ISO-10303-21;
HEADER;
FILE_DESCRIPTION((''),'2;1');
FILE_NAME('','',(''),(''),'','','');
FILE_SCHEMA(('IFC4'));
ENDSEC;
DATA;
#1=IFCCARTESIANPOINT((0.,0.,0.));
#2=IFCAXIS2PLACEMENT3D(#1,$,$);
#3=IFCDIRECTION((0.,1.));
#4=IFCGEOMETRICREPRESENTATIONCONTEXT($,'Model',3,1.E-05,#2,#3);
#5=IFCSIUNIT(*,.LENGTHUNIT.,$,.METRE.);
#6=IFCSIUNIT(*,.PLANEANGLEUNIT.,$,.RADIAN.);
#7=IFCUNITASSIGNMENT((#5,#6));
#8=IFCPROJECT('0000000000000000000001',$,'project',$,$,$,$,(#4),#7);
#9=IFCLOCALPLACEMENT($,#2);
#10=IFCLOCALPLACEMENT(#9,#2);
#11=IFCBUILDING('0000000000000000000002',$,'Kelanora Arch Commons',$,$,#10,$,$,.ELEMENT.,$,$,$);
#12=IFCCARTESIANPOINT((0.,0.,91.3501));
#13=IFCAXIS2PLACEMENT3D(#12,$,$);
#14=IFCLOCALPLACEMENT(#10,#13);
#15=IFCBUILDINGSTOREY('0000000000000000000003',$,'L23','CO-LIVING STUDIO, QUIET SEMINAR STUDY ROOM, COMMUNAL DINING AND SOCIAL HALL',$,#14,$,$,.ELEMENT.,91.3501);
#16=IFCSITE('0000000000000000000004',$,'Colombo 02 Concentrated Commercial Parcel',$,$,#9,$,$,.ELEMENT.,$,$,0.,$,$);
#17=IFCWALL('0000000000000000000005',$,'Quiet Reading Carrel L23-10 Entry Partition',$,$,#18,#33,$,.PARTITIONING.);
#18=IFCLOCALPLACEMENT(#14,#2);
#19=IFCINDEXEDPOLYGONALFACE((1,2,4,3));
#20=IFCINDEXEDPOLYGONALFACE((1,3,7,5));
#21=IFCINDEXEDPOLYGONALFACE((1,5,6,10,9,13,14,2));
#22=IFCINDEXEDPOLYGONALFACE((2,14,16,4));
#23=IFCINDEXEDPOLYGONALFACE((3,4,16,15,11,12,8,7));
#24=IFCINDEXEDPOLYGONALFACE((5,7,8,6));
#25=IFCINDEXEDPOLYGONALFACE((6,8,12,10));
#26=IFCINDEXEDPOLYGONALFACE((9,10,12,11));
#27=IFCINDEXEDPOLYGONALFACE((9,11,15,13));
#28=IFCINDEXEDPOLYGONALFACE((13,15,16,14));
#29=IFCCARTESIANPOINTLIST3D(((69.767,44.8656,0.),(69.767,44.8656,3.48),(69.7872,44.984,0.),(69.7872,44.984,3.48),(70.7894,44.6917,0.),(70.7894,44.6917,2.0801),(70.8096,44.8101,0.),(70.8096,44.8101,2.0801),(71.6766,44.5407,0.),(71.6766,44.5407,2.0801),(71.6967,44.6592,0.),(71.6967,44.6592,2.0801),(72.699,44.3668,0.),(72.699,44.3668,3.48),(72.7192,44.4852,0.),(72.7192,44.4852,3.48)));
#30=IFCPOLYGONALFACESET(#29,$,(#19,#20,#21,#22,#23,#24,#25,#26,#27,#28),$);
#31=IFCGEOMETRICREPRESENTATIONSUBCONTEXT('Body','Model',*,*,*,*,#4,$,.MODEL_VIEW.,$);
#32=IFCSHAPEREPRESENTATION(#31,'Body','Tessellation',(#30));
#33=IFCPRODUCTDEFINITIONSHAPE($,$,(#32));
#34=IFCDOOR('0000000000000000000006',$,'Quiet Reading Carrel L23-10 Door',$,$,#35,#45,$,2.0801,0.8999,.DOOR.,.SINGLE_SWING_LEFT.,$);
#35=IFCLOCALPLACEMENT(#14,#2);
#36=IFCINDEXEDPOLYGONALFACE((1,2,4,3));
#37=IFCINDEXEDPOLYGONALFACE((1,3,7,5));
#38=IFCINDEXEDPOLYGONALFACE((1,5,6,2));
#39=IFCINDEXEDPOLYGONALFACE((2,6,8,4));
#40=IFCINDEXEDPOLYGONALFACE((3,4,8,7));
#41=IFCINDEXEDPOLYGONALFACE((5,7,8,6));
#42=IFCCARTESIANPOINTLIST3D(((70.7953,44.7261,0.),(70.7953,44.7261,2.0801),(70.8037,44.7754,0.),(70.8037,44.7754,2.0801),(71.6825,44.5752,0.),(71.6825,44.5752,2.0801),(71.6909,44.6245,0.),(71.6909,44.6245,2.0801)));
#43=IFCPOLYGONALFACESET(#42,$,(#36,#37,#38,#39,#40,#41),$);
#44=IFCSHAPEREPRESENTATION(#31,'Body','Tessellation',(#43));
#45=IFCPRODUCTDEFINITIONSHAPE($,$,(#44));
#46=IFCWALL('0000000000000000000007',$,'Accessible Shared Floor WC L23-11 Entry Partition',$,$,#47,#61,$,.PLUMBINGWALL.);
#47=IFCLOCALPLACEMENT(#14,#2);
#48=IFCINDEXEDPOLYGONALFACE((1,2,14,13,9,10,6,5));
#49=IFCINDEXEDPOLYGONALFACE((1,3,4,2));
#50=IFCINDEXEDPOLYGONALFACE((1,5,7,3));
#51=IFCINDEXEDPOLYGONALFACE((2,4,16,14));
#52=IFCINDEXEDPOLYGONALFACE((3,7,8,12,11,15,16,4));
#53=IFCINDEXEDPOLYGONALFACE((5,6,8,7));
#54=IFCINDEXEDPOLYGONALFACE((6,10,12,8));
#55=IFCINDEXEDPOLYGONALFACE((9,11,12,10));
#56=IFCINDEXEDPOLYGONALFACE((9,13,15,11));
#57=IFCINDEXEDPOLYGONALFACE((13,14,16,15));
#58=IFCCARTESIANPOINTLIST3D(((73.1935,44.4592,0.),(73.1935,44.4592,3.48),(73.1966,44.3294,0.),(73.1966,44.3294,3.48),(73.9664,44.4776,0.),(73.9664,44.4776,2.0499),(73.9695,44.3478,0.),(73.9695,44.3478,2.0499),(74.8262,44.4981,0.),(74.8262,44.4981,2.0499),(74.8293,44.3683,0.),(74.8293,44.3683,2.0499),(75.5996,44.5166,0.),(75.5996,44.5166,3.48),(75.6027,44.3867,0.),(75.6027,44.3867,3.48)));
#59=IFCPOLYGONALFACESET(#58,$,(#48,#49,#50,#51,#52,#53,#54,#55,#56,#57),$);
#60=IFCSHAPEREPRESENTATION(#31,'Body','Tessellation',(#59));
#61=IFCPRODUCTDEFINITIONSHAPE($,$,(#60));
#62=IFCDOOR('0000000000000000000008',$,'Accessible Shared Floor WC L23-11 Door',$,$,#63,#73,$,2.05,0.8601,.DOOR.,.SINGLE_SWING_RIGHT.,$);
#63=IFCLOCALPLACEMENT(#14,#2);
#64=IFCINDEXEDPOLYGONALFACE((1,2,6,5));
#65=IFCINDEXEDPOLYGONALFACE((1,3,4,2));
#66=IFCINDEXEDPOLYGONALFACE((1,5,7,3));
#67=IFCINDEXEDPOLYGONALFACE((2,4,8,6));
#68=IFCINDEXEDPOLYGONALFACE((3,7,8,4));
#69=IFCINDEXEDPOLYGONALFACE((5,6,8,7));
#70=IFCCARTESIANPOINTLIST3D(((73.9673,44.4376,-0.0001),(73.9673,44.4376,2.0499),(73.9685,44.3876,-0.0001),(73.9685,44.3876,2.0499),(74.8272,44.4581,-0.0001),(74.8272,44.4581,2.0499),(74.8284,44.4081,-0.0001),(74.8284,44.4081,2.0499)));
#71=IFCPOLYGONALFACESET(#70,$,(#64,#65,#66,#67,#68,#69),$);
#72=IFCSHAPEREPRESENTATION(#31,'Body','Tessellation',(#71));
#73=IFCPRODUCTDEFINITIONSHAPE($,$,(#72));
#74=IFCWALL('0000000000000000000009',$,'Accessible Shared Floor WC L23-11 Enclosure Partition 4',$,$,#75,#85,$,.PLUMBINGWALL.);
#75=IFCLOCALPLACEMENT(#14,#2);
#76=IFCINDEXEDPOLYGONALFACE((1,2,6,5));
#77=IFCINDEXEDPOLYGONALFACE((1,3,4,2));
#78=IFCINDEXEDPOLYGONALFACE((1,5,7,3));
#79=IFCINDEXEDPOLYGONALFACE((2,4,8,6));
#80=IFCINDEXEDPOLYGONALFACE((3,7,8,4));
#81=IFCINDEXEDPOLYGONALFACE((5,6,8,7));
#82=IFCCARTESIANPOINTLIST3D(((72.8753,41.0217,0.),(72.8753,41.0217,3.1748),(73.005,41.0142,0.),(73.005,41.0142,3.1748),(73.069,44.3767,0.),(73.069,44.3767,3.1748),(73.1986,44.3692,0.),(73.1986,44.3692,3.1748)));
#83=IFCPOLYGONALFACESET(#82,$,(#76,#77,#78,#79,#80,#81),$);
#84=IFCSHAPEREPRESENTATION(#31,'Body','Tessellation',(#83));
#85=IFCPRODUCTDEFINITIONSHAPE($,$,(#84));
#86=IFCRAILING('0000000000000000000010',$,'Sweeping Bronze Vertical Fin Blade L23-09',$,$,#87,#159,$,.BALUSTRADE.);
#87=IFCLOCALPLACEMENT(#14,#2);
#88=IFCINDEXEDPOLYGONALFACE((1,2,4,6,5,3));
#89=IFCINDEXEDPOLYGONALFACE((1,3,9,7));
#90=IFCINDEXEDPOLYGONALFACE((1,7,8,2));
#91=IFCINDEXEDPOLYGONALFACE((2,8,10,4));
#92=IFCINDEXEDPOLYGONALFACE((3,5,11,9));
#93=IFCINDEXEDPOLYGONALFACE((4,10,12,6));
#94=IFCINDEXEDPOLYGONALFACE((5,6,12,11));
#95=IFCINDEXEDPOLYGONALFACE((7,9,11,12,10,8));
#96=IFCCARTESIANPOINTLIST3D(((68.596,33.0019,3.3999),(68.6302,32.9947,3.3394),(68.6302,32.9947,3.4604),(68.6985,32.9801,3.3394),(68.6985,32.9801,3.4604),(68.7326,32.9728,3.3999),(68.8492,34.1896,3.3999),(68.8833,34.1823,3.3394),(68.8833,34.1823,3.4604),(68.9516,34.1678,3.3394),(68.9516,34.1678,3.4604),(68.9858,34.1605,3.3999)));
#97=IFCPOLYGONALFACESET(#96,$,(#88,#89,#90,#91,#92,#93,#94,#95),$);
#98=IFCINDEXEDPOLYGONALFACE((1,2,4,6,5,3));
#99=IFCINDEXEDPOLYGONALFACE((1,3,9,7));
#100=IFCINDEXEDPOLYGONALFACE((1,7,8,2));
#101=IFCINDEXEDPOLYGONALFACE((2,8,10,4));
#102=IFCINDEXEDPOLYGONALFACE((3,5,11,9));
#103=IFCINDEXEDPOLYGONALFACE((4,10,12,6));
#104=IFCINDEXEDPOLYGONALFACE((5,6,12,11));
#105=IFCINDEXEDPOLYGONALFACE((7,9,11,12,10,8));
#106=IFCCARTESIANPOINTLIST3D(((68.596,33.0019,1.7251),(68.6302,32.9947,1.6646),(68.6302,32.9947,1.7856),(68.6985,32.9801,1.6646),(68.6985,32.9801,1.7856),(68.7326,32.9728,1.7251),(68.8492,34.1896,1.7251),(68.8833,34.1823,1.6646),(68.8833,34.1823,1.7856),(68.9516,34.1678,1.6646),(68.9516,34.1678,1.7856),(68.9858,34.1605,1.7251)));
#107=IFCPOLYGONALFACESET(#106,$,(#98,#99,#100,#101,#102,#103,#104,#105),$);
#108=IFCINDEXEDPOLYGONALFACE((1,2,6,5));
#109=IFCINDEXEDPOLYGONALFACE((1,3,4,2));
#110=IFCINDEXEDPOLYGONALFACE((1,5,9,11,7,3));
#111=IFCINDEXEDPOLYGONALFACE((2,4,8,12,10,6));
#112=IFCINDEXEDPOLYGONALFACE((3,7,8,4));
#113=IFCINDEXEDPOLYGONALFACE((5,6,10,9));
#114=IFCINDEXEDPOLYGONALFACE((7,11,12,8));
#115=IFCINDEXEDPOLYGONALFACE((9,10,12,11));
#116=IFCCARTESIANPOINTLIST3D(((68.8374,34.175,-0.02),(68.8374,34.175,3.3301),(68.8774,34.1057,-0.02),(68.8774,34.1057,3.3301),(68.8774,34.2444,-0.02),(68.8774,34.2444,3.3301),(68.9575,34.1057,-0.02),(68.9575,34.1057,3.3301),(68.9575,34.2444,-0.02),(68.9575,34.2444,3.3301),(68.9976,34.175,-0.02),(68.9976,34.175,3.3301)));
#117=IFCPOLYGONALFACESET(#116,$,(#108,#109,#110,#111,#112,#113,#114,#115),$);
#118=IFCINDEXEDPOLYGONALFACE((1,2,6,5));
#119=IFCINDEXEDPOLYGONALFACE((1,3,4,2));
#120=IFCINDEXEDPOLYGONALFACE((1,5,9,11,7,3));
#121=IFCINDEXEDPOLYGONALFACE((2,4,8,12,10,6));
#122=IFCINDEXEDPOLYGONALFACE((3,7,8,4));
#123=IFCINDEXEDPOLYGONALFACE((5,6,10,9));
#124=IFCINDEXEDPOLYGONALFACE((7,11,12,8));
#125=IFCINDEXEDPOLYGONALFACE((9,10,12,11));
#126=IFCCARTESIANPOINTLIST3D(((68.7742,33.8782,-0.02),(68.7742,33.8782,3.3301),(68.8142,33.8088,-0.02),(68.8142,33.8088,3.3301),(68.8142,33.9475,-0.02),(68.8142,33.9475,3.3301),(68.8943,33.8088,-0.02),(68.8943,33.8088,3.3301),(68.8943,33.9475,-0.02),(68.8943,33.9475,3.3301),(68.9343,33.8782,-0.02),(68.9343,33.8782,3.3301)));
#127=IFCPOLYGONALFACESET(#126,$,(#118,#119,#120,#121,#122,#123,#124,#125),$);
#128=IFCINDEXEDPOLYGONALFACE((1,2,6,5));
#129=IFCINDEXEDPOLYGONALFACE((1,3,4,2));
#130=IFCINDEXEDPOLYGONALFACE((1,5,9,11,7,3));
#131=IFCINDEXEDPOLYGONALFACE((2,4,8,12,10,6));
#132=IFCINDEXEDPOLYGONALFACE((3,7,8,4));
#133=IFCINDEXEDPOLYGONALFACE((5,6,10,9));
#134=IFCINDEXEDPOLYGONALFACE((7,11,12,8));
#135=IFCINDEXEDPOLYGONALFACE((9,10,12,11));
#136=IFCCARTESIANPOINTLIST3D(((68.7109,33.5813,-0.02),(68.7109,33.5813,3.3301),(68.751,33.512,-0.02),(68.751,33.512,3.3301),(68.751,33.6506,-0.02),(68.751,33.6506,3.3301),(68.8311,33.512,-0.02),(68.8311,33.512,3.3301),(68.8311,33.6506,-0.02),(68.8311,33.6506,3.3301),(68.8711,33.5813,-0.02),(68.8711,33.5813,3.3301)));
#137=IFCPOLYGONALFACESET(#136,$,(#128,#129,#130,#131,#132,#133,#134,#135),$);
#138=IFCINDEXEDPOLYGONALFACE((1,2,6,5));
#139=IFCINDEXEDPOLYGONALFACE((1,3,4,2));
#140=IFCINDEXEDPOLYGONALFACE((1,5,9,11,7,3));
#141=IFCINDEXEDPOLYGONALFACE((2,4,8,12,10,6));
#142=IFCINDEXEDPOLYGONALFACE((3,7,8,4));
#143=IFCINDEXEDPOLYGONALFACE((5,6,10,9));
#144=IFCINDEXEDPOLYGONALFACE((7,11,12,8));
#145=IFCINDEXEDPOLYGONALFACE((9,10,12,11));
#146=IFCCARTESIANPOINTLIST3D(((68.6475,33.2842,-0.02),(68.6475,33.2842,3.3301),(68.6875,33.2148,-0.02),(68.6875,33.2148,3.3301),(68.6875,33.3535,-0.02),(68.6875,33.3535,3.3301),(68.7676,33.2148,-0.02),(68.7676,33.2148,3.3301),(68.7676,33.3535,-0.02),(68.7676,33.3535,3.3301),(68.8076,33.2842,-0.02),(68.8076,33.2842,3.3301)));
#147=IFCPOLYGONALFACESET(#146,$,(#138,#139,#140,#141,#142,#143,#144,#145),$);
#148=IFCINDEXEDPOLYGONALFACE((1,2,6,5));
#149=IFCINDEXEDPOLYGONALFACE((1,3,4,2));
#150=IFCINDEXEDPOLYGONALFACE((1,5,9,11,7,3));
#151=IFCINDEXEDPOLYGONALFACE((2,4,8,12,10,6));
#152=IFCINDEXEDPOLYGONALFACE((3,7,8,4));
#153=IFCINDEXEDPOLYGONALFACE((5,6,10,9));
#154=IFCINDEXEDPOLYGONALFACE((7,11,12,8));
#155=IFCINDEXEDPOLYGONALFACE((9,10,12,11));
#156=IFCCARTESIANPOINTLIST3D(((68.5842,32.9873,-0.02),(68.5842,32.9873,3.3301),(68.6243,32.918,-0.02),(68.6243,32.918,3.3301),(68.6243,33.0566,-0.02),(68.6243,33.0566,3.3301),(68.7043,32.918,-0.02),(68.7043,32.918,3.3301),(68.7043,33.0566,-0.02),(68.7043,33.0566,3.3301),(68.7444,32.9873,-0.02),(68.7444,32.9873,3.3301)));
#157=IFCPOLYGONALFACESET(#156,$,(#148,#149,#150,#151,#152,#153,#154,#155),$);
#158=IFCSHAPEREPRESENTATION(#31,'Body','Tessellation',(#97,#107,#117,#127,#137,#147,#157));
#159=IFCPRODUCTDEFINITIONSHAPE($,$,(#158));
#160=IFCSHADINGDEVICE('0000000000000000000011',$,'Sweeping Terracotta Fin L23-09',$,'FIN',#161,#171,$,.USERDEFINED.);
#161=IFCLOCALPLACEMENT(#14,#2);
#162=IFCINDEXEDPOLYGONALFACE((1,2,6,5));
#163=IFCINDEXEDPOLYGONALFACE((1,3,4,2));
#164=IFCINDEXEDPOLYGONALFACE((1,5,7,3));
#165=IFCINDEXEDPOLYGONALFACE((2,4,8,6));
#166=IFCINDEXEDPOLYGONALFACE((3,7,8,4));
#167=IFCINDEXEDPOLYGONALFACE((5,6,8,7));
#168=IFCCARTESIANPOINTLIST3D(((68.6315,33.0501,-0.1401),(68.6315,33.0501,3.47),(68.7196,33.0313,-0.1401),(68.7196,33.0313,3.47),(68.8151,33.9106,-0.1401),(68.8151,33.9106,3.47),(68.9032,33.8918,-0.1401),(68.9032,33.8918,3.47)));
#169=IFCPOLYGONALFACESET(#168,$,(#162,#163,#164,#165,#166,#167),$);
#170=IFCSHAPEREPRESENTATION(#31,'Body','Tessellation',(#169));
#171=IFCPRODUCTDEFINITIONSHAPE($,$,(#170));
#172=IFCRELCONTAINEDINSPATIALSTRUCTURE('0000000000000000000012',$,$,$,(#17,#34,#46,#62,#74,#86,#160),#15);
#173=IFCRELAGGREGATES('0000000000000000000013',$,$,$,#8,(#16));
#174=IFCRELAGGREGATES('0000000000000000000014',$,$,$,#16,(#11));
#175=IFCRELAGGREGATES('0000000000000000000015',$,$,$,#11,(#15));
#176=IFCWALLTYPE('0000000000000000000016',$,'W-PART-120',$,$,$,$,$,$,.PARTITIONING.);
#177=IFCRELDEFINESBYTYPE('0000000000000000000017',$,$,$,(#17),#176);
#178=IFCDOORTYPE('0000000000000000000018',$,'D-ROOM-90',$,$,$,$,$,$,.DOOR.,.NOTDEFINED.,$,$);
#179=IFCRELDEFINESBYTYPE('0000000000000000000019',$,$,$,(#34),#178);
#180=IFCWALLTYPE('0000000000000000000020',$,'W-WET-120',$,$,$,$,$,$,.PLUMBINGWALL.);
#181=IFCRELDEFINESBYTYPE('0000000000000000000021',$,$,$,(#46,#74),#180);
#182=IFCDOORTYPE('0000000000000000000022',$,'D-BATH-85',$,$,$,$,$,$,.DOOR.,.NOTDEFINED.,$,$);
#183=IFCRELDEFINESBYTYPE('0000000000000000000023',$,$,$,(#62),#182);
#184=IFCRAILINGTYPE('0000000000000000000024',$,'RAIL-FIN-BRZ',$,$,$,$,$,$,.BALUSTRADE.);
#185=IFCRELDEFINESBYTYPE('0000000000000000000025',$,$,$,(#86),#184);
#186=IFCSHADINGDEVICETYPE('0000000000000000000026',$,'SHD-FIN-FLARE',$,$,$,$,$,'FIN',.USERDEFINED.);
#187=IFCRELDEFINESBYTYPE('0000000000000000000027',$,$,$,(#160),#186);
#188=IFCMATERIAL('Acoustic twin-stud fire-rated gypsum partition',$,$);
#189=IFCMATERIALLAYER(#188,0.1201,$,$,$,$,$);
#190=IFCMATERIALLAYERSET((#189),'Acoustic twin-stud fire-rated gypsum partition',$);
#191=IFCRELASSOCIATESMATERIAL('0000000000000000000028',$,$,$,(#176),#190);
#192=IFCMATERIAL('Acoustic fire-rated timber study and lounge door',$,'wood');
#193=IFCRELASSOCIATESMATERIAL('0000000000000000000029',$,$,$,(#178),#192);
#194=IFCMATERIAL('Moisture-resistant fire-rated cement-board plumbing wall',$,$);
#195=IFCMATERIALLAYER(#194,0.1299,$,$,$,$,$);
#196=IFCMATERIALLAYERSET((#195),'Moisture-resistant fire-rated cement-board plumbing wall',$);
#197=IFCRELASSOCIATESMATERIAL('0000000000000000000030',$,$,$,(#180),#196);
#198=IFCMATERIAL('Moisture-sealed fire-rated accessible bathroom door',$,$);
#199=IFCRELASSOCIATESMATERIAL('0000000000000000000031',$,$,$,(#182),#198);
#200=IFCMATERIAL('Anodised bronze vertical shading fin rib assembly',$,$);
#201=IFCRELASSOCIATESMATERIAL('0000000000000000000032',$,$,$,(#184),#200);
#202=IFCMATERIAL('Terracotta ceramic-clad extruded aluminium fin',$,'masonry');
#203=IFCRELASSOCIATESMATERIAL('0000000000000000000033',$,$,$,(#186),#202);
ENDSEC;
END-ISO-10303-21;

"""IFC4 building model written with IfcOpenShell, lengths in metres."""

from ifc_helpers import new_model, si_unit, direction, frame, frame_2d, origin, origin_2d, place, context, subcontext, project, spatial, polyline, rectangle, outline, extrude, source, transform, mapped, material, layer, layer_set, type_object, element, fill, save


model = new_model("IFC4")

# Units and contexts
model_context = context("Model", 3, precision=1e-05, world=origin(), true_north=direction((0.0, 1.0)))
body_context = subcontext(model_context, "Body", "Model", "MODEL_VIEW")
ifc_project = project(units=[si_unit("LENGTHUNIT", "METRE"), si_unit("PLANEANGLEUNIT", "RADIAN")], contexts=[model_context])

# Site, building, storey
site_placement = place(None, origin())
site = spatial("IfcSite", under=ifc_project, at=site_placement, Name="Colombo 02 Concentrated Commercial Parcel", CompositionType="ELEMENT", RefElevation=0.0)
building_placement = place(site_placement, origin())
building = spatial("IfcBuilding", under=site, at=building_placement, Name="Kelanora Arch Commons", CompositionType="ELEMENT")
storey_placement = place(building_placement, frame((0.0, 0.0, 91.3501)))
storey = spatial("IfcBuildingStorey", under=building, at=storey_placement, Name="L23", Description="CO-LIVING STUDIO, QUIET SEMINAR STUDY ROOM, COMMUNAL DINING AND SOCIAL HALL", CompositionType="ELEMENT", Elevation=91.3501)

# Walls, openings, doors
ifc_material_1 = material(Name="Acoustic twin-stud fire-rated gypsum partition")
ifc_layer_1 = layer(ifc_material_1, 0.1201)
ifc_layer_set_1 = layer_set([ifc_layer_1], Name="Acoustic twin-stud fire-rated gypsum partition")
wall_type_1 = type_object("IfcWallType", Name="W-PART-120", PredefinedType="PARTITIONING", material=ifc_layer_set_1)
ifc_material_2 = material(Name="Acoustic fire-rated timber study and lounge door", Category="wood")
door_type_1 = type_object("IfcDoorType", Name="D-ROOM-90", OperationType="NOTDEFINED", PredefinedType="DOOR", material=ifc_material_2)
wall_1_placement = place(storey_placement, frame((69.7771, 44.9248, 0.0), z_axis=(0.0, 0.0, 1.0), x_axis=(0.985836, -0.167713, 0.0)))
wall_1 = element("IfcWall", 1, at=wall_1_placement, inside=storey, type_object=wall_type_1, Name="Quiet Reading Carrel L23-10 Entry Partition", PredefinedType="PARTITIONING", context=body_context, shape_type="SweptSolid", body=[
    extrude(rectangle(XDim=2.9741, YDim=0.1201, at=frame_2d((1.4871, 0.0))), origin(), (0.0, 0.0, 1.0), 3.48),
])
opening_1_placement = place(wall_1_placement, frame((1.0371, 0.0, 0.0)))
opening_1 = element("IfcOpeningElement", 2, at=opening_1_placement, cuts=wall_1, PredefinedType="OPENING", context=body_context, shape_type="SweptSolid", body=[
    extrude(rectangle(XDim=0.8999, YDim=2.0801, at=frame_2d((0.45, 1.04))), frame((0.0, 0.0701, 0.0), z_axis=(0.0, -1.0, 0.0), x_axis=(1.0, 0.0, 0.0)), (0.0, 0.0, 1.0), 0.1401),
])
door_1_placement = place(opening_1_placement, origin())
door_1 = element("IfcDoor", 3, at=door_1_placement, inside=storey, type_object=door_type_1, Name="Quiet Reading Carrel L23-10 Door", OperationType="SINGLE_SWING_LEFT", OverallHeight=2.0801, OverallWidth=0.8999, PredefinedType="DOOR", context=body_context, shape_type="SweptSolid", body=[
    extrude(rectangle(XDim=0.8999, YDim=2.0801, at=frame_2d((0.45, 1.04))), frame((0.0, 0.0249, 0.0), z_axis=(0.0, -1.0, 0.0), x_axis=(1.0, 0.0, 0.0)), (0.0, 0.0, 1.0), 0.05),
])
fill(opening_1, door_1)
ifc_material_3 = material(Name="Moisture-resistant fire-rated cement-board plumbing wall")
ifc_layer_2 = layer(ifc_material_3, 0.1299)
ifc_layer_set_2 = layer_set([ifc_layer_2], Name="Moisture-resistant fire-rated cement-board plumbing wall")
wall_type_2 = type_object("IfcWallType", Name="W-WET-120", PredefinedType="PLUMBINGWALL", material=ifc_layer_set_2)
wall_2_placement = place(storey_placement, frame((73.1951, 44.3943, 0.0), z_axis=(0.0, 0.0, 1.0), x_axis=(0.999716, 0.023839, 0.0)))
wall_2 = element("IfcWall", 4, at=wall_2_placement, inside=storey, type_object=wall_type_2, Name="Accessible Shared Floor WC L23-11 Entry Partition", PredefinedType="PLUMBINGWALL", context=body_context, shape_type="SweptSolid", body=[
    extrude(rectangle(XDim=2.4067, YDim=0.1299, at=frame_2d((1.2034, 0.0))), origin(), (0.0, 0.0, 1.0), 3.48),
])
opening_2_placement = place(wall_2_placement, frame((0.7729, 0.0, 0.0)))
opening_2 = element("IfcOpeningElement", 5, at=opening_2_placement, cuts=wall_2, PredefinedType="OPENING", context=body_context, shape_type="SweptSolid", body=[
    extrude(rectangle(XDim=0.8601, YDim=2.05, at=frame_2d((0.4302, 1.0249))), frame((0.0, 0.075, 0.0), z_axis=(0.0, -1.0, 0.0), x_axis=(1.0, 0.0, 0.0)), (0.0, 0.0, 1.0), 0.1499),
])
ifc_material_4 = material(Name="Moisture-sealed fire-rated accessible bathroom door")
door_type_2 = type_object("IfcDoorType", Name="D-BATH-85", OperationType="NOTDEFINED", PredefinedType="DOOR", material=ifc_material_4)
door_2_placement = place(opening_2_placement, origin())
door_2 = element("IfcDoor", 6, at=door_2_placement, inside=storey, type_object=door_type_2, Name="Accessible Shared Floor WC L23-11 Door", OperationType="SINGLE_SWING_RIGHT", OverallHeight=2.05, OverallWidth=0.8601, PredefinedType="DOOR", context=body_context, shape_type="SweptSolid", body=[
    extrude(rectangle(XDim=0.8601, YDim=2.05, at=frame_2d((0.4302, 1.0249))), frame((0.0, 0.0249, 0.0), z_axis=(0.0, -1.0, 0.0), x_axis=(1.0, 0.0, 0.0)), (0.0, 0.0, 1.0), 0.05),
])
fill(opening_2, door_2)

# Wall
wall_3_placement = place(storey_placement, frame((72.9402, 41.0181, 0.0), z_axis=(0.0, 0.0, 1.0), x_axis=(0.05761, 0.998339, 0.0)))
element("IfcWall", 7, at=wall_3_placement, inside=storey, type_object=wall_type_2, Name="Accessible Shared Floor WC L23-11 Enclosure Partition 4", PredefinedType="PLUMBINGWALL", context=body_context, shape_type="SweptSolid", body=[
    extrude(rectangle(XDim=3.3606, YDim=0.1299, at=frame_2d((1.6802, 0.0))), origin(), (0.0, 0.0, 1.0), 3.1748),
])

# Railing
ifc_material_5 = material(Name="Anodised bronze vertical shading fin rib assembly")
railing_type = type_object("IfcRailingType", Name="RAIL-FIN-BRZ", PredefinedType="BALUSTRADE", material=ifc_material_5)
railing_placement = place(storey_placement, frame((68.9175, 34.175, -0.02)))
element("IfcRailing", 8, at=railing_placement, inside=storey, type_object=railing_type, Name="Sweeping Bronze Vertical Fin Blade L23-09", PredefinedType="BALUSTRADE", context=body_context, shape_type="SweptSolid", body=[
    extrude(outline(polyline([(0.0698, 0.0), (0.0349, 0.0605), (-0.0349, 0.0605), (-0.0698, 0.0), (-0.0349, -0.0605), (0.0349, -0.0605), (0.0698, 0.0)])), frame((0.0, 0.0, 3.4199), z_axis=(-0.208472, -0.978028, 0.0), x_axis=(0.978028, -0.208472, 0.0)), (0.0, 0.0, 1.0), 1.2144),
    extrude(outline(polyline([(0.0698, 0.0), (0.0349, 0.0605), (-0.0349, 0.0605), (-0.0698, 0.0), (-0.0349, -0.0605), (0.0349, -0.0605), (0.0698, 0.0)])), frame((0.0, 0.0, 1.7451), z_axis=(-0.208472, -0.978028, 0.0), x_axis=(0.978028, -0.208472, 0.0)), (0.0, 0.0, 1.0), 1.2144),
    extrude(outline(polyline([(0.0801, 0.0), (0.04, 0.0693), (-0.04, 0.0693), (-0.0801, 0.0), (-0.04, -0.0693), (0.04, -0.0693), (0.0801, 0.0)])), origin(), (0.0, 0.0, 1.0), 3.3501),
    extrude(outline(polyline([(0.0801, 0.0), (0.04, 0.0693), (-0.04, 0.0693), (-0.0801, 0.0), (-0.04, -0.0693), (0.04, -0.0693), (0.0801, 0.0)])), frame((-0.0632, -0.2969, 0.0)), (0.0, 0.0, 1.0), 3.3501),
    extrude(outline(polyline([(0.0801, 0.0), (0.04, 0.0693), (-0.04, 0.0693), (-0.0801, 0.0), (-0.04, -0.0693), (0.04, -0.0693), (0.0801, 0.0)])), frame((-0.1265, -0.5938, 0.0)), (0.0, 0.0, 1.0), 3.3501),
    extrude(outline(polyline([(0.0801, 0.0), (0.04, 0.0693), (-0.04, 0.0693), (-0.0801, 0.0), (-0.04, -0.0693), (0.04, -0.0693), (0.0801, 0.0)])), frame((-0.1899, -0.8909, 0.0)), (0.0, 0.0, 1.0), 3.3501),
    extrude(outline(polyline([(0.0801, 0.0), (0.04, 0.0693), (-0.04, 0.0693), (-0.0801, 0.0), (-0.04, -0.0693), (0.04, -0.0693), (0.0801, 0.0)])), frame((-0.2532, -1.1877, 0.0)), (0.0, 0.0, 1.0), 3.3501),
])

# Shading device
ifc_material_6 = material(Name="Terracotta ceramic-clad extruded aluminium fin", Category="masonry")
shading_device_type = type_object("IfcShadingDeviceType", Name="SHD-FIN-FLARE", ElementType="FIN", PredefinedType="USERDEFINED", material=ifc_material_6)
shared_shape_1 = source(origin(), body_context, "Body", "SweptSolid", [
    extrude(rectangle(XDim=0.8799, YDim=0.0901, at=origin_2d()), origin(), (0.0, 0.0, 1.0), 3.6101),
])
shading_device_placement = place(storey_placement, frame((68.7673, 33.4709, -0.1401), z_axis=(0.0, 0.0, 1.0), x_axis=(-0.208595, -0.978002, 0.0)))
element("IfcShadingDevice", 9, at=shading_device_placement, inside=storey, type_object=shading_device_type, Name="Sweeping Terracotta Fin L23-09", ObjectType="FIN", PredefinedType="USERDEFINED", context=body_context, shape_type="MappedRepresentation", body=[
    mapped(shared_shape_1, transform((0.0, 0.0, 0.0), scale=1.0)),
])

save(model, "model.ifc")
